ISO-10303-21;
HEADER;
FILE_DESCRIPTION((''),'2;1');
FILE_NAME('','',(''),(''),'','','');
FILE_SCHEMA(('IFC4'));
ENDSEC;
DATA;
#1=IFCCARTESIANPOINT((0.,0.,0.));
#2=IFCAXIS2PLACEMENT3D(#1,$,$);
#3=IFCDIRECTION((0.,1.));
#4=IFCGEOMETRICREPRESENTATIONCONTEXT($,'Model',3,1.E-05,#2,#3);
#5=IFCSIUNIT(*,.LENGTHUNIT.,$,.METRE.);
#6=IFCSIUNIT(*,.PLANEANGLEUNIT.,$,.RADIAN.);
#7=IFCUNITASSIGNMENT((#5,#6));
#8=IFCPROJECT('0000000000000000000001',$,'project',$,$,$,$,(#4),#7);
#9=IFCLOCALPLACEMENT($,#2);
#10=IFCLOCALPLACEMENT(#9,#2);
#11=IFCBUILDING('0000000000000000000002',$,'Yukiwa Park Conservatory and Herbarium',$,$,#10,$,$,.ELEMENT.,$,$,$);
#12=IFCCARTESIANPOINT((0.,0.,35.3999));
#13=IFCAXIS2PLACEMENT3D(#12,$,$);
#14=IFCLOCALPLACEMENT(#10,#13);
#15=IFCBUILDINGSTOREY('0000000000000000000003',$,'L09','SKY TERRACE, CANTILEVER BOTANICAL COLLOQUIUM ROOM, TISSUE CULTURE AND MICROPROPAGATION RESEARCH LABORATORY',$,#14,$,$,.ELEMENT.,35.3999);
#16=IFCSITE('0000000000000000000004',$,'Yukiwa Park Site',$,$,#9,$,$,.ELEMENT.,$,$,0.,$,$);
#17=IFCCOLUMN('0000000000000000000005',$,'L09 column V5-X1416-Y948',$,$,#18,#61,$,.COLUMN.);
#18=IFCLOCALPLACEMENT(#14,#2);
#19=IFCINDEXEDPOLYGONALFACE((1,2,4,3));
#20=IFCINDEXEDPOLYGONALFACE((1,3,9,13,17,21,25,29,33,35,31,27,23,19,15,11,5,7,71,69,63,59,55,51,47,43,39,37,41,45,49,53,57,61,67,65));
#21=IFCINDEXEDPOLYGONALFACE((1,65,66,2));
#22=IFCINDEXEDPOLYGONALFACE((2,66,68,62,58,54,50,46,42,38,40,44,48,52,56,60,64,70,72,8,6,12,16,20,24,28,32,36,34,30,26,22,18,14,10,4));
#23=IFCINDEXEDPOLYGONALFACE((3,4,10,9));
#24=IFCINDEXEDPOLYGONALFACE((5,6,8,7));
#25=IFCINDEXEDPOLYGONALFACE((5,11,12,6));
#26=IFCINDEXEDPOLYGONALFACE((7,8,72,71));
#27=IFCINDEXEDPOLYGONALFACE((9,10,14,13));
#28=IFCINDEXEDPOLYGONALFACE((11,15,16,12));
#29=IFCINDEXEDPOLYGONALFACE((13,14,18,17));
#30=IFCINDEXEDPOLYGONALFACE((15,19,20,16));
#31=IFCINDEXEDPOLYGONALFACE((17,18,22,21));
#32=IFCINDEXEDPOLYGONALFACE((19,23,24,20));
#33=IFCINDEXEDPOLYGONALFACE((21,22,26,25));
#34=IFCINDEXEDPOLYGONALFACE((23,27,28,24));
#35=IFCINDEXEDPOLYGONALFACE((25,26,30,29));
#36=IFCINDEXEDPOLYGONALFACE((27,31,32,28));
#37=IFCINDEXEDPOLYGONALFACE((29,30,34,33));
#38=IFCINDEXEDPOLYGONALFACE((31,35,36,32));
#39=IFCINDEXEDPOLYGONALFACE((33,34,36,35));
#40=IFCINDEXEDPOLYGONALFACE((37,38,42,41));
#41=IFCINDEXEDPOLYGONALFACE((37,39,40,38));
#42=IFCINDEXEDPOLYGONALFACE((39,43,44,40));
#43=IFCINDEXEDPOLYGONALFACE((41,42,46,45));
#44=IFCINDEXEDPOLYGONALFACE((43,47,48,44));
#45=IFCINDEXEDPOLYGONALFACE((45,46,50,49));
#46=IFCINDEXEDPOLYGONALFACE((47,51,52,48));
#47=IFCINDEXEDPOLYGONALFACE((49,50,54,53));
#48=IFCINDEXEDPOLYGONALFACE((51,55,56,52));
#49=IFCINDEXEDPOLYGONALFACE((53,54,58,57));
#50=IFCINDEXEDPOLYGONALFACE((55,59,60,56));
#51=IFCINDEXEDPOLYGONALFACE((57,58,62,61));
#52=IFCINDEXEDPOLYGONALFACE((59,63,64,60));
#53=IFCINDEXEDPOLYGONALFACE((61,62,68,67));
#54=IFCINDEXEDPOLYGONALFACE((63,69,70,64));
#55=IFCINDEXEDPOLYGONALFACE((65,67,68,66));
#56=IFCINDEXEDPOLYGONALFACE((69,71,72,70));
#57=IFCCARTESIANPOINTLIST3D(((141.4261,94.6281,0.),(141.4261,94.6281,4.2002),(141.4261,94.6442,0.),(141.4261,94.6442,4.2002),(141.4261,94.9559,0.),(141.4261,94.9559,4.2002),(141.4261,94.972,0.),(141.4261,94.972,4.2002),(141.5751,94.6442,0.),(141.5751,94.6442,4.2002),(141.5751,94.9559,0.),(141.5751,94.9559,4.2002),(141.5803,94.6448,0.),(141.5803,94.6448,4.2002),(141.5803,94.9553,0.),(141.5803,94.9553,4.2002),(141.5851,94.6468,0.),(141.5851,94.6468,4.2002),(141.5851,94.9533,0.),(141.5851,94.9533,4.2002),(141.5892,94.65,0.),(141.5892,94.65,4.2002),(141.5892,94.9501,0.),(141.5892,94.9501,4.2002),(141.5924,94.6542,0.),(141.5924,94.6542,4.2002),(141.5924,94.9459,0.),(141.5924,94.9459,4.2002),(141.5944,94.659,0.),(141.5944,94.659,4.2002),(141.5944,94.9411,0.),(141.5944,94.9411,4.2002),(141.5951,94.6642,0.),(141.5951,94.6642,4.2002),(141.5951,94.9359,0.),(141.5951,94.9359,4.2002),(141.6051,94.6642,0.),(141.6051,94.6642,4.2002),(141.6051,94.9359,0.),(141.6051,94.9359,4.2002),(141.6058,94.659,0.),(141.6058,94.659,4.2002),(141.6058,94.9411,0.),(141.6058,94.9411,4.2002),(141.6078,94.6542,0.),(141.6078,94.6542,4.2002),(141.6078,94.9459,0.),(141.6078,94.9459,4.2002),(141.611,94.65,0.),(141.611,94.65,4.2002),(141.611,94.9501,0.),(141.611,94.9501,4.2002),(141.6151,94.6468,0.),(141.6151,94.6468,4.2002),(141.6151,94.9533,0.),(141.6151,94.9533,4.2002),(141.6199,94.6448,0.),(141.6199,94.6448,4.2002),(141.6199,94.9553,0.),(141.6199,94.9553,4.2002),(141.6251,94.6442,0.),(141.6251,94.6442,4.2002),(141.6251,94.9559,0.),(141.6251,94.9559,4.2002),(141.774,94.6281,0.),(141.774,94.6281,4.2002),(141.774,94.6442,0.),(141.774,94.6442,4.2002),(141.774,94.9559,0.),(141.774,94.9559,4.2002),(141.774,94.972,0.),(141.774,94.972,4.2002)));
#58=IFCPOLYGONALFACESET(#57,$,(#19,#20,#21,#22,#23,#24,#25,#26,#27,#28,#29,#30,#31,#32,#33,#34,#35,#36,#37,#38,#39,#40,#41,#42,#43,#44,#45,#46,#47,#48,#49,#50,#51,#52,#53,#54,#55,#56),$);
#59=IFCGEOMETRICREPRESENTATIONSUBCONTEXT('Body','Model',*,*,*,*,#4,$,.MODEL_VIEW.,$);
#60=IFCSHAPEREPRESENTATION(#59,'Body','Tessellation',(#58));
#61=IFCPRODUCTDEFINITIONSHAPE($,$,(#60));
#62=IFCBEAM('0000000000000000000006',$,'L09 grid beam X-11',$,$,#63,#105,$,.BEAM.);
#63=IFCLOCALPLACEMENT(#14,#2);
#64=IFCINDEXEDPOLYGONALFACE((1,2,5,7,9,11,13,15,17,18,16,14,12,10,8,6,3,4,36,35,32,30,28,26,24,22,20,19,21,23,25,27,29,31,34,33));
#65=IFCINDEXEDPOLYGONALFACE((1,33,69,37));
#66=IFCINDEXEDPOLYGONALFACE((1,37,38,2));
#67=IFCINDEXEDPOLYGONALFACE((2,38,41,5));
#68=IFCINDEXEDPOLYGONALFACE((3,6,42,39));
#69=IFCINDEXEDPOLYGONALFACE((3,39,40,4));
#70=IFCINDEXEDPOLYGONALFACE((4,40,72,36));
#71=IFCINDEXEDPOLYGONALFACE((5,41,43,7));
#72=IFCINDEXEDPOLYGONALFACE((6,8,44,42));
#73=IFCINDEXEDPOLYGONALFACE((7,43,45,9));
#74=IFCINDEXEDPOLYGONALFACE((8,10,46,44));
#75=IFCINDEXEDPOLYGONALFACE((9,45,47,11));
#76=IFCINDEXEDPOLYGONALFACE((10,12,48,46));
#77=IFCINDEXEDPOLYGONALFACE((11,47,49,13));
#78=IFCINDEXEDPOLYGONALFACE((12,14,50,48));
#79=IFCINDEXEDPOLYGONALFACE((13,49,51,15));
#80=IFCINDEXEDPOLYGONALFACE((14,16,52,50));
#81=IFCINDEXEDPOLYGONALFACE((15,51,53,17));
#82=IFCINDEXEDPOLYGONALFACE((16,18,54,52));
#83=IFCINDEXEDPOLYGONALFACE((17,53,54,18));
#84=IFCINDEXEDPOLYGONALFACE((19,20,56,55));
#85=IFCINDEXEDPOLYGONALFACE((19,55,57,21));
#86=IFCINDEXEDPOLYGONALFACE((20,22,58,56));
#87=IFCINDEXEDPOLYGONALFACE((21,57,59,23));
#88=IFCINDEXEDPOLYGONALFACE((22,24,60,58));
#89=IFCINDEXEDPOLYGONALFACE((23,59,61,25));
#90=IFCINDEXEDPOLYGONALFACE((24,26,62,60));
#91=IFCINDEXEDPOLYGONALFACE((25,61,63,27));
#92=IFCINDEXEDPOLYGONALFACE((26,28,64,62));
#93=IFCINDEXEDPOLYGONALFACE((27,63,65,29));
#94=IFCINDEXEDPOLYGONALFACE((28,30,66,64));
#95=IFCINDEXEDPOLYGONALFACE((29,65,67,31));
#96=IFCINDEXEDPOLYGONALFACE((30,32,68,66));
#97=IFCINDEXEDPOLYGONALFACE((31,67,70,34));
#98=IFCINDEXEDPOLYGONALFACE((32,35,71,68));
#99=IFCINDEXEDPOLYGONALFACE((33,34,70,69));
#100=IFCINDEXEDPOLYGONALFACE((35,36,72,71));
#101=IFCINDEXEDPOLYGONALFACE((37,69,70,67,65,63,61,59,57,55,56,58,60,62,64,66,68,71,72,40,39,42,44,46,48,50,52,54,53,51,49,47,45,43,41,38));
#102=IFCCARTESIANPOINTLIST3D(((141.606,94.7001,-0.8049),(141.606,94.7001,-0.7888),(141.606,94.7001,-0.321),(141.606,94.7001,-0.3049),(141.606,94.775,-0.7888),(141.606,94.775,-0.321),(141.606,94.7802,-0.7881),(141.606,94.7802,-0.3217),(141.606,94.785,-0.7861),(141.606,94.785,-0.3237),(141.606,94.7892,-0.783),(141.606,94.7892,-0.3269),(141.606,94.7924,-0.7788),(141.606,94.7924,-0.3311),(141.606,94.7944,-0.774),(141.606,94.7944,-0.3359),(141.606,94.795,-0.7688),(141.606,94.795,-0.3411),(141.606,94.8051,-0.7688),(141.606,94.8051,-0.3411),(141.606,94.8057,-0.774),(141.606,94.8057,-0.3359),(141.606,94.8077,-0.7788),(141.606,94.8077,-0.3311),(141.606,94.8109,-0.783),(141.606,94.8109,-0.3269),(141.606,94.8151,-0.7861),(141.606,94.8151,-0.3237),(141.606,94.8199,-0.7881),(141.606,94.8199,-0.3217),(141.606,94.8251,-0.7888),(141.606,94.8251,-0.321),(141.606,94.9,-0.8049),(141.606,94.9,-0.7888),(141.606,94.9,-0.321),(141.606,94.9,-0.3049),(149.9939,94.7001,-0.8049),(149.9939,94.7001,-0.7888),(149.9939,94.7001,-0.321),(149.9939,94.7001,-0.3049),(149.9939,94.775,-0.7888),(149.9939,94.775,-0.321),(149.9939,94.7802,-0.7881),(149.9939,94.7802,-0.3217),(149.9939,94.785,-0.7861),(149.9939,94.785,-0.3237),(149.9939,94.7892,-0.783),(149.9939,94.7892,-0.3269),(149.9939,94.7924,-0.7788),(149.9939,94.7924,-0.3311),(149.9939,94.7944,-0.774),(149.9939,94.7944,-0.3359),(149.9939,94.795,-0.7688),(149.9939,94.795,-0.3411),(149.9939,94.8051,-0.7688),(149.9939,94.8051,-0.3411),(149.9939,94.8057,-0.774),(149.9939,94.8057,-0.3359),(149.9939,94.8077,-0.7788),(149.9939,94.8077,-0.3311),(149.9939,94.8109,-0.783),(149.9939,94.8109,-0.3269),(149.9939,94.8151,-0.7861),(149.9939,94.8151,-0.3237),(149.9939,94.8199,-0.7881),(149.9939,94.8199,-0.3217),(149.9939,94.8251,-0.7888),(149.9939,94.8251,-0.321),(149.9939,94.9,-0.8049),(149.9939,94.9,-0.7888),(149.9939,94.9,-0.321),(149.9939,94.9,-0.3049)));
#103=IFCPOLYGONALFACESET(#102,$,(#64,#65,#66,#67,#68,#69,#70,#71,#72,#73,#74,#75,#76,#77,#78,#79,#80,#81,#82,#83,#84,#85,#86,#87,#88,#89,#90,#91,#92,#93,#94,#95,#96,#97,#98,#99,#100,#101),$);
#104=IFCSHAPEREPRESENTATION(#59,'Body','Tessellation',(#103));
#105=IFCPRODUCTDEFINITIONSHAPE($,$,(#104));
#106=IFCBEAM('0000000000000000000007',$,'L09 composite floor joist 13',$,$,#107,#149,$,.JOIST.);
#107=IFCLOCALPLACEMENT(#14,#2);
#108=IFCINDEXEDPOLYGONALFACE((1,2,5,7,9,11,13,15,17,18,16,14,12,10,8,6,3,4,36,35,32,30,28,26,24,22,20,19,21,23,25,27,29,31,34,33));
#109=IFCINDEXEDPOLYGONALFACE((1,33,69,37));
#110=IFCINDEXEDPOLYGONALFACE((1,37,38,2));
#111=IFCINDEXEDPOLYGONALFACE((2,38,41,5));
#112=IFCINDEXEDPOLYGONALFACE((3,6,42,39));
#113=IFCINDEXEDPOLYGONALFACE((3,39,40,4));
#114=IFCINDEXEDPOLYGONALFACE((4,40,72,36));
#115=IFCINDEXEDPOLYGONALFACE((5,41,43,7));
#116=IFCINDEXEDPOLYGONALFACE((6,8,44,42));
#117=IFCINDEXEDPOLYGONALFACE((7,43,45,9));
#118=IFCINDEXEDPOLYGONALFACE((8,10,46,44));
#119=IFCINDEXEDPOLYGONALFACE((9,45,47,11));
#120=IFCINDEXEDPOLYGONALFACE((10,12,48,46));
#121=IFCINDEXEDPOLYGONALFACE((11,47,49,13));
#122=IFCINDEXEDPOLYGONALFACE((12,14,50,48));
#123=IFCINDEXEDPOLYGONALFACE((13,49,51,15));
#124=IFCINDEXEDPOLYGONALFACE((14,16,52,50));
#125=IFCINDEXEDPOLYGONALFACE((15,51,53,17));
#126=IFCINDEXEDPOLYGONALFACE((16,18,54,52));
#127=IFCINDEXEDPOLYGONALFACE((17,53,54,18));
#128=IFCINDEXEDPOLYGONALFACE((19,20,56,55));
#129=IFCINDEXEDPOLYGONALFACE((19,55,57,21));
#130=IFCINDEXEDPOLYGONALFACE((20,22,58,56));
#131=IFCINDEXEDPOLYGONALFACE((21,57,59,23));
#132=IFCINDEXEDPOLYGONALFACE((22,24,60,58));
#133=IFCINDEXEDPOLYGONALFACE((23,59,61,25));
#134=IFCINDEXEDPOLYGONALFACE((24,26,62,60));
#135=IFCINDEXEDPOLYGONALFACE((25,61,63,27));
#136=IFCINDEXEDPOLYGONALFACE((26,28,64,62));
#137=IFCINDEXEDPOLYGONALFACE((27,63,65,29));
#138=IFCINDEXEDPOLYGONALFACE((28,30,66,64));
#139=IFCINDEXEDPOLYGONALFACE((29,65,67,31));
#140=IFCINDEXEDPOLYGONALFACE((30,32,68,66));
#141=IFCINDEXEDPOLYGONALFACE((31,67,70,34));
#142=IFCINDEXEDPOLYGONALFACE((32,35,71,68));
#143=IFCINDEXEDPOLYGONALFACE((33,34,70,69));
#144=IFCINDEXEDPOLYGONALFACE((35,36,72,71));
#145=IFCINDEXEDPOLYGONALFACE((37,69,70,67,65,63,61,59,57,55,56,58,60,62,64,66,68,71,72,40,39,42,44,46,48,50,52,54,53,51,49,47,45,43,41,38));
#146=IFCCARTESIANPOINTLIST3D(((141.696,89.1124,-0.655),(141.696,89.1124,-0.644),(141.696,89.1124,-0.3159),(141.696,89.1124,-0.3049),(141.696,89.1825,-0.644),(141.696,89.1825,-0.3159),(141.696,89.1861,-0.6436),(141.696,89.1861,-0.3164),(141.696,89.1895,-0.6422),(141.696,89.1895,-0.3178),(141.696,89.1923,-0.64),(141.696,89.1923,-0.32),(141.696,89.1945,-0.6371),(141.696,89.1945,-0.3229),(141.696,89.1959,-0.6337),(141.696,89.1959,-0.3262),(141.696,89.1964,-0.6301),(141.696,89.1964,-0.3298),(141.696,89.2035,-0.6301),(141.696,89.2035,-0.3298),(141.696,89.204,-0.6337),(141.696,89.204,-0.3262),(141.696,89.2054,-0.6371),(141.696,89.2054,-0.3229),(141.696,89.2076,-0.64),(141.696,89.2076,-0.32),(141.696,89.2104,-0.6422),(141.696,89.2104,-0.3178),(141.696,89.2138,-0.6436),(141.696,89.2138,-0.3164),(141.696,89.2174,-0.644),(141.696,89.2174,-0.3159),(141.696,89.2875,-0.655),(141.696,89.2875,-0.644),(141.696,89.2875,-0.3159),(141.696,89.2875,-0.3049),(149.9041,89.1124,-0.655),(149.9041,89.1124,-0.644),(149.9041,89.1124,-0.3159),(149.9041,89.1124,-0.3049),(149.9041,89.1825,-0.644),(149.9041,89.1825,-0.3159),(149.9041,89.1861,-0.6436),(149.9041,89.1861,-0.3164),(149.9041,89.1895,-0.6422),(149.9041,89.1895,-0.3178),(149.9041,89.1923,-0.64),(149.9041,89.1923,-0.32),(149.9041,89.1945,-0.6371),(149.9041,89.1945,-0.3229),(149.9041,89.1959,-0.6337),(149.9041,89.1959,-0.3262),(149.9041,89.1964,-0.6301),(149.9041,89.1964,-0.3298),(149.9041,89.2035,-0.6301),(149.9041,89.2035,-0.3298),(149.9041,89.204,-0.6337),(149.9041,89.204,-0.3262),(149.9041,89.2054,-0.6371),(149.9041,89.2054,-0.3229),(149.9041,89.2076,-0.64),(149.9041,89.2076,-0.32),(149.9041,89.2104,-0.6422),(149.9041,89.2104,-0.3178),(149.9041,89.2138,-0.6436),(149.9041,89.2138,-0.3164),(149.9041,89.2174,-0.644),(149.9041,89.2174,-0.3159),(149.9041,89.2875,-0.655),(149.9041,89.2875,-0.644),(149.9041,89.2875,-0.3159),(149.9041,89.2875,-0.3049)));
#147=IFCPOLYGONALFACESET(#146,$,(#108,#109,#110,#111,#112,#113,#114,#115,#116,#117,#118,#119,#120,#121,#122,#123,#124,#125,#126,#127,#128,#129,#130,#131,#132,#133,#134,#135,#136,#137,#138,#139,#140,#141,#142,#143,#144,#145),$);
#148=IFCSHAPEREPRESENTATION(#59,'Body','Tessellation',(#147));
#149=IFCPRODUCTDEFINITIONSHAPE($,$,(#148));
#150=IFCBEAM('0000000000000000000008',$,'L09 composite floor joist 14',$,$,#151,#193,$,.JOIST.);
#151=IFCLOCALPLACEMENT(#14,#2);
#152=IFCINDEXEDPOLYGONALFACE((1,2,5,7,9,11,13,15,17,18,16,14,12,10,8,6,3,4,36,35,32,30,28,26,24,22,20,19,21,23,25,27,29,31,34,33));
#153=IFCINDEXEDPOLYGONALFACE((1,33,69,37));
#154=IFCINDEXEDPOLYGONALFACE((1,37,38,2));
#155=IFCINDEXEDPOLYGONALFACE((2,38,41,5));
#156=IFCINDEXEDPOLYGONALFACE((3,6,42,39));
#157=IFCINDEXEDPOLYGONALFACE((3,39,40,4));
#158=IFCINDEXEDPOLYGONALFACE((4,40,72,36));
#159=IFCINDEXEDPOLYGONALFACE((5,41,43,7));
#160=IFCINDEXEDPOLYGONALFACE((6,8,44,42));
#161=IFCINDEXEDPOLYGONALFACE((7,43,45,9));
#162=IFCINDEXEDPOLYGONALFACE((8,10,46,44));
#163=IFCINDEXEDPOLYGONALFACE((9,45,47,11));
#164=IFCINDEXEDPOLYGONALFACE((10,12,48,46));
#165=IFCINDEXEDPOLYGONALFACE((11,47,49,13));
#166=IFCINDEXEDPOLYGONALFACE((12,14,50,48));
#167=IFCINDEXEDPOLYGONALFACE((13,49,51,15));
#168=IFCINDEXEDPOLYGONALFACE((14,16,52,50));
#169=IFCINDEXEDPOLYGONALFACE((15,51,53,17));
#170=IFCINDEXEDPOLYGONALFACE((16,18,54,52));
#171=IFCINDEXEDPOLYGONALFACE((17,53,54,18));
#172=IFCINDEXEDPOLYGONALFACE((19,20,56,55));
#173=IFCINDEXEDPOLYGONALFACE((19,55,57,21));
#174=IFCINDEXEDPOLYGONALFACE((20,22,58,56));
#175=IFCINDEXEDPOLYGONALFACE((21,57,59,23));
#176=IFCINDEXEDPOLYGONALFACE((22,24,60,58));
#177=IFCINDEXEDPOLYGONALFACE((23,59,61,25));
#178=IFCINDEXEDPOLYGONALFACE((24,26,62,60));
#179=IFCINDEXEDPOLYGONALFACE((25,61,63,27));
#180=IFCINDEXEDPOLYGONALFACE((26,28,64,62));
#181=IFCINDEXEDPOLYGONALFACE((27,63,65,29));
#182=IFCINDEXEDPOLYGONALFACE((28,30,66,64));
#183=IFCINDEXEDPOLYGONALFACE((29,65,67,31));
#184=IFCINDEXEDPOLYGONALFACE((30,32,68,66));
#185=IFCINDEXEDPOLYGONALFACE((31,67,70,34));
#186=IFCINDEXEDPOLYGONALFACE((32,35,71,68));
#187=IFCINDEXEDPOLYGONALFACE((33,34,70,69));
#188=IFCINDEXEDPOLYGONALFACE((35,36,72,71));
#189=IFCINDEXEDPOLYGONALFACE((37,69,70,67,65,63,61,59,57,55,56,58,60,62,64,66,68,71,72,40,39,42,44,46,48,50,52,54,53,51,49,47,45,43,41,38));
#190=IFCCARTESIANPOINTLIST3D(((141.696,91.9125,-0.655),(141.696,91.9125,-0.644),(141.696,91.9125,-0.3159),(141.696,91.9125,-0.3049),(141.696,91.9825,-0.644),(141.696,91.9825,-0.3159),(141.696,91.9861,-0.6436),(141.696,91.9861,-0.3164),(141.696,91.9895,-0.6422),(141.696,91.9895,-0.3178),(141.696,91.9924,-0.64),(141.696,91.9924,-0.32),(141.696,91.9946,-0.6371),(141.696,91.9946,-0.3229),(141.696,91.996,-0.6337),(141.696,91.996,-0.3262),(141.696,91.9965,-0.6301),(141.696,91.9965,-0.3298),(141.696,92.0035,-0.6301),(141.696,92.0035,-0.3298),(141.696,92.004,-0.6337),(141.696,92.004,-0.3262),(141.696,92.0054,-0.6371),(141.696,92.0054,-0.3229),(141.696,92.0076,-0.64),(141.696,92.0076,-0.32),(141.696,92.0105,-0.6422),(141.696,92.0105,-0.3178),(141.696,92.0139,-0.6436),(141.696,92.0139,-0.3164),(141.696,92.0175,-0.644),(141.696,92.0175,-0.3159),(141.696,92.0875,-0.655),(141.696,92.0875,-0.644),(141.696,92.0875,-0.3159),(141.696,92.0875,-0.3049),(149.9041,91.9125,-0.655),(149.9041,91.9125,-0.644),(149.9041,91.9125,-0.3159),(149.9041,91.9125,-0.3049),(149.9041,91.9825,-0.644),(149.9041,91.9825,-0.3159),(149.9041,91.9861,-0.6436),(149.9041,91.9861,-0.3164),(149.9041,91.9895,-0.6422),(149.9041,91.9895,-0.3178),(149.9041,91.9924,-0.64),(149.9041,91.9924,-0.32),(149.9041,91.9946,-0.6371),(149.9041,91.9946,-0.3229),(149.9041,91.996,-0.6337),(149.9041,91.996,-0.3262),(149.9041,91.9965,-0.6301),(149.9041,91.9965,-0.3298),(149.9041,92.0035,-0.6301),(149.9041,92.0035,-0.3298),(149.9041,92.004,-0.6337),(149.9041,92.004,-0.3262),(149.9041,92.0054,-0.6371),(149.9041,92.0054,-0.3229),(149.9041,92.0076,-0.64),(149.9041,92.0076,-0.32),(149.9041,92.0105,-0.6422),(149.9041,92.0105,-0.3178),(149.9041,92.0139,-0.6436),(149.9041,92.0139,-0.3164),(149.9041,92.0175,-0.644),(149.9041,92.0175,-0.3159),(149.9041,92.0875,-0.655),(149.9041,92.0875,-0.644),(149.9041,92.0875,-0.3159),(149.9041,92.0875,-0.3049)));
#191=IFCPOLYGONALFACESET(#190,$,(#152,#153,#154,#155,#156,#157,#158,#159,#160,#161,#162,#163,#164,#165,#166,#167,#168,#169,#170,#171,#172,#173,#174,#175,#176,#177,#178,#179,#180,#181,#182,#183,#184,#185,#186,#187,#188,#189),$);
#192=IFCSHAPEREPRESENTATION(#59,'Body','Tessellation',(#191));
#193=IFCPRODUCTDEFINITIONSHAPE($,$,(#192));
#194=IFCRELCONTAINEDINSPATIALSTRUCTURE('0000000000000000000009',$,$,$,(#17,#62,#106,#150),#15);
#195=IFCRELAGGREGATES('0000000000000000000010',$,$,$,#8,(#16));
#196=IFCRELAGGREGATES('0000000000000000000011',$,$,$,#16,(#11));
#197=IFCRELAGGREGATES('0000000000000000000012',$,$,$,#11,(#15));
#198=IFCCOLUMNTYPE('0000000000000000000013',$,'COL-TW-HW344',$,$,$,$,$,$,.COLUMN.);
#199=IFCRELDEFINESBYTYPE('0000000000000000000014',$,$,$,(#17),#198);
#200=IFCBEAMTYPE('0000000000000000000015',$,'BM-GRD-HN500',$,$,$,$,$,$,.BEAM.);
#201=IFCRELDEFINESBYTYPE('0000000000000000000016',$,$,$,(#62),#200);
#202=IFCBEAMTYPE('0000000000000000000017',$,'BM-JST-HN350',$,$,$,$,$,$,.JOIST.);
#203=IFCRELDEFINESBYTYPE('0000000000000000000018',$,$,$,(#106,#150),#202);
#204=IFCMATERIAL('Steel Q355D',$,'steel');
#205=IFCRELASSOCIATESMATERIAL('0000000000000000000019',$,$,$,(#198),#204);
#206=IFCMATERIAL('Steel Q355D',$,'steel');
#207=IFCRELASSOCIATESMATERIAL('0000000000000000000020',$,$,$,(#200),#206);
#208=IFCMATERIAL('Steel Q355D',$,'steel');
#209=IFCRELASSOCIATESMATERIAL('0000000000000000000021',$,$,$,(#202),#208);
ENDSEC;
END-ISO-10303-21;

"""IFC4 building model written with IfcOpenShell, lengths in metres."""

from ifc_helpers import new_model, si_unit, direction, frame, origin, origin_2d, place, context, subcontext, project, spatial, i_section, extrude, material, material_profile, profile_set, type_object, element, save


model = new_model("IFC4")

# Units and contexts
model_context = context("Model", 3, precision=1e-05, world=origin(), true_north=direction((0.0, 1.0)))
body_context = subcontext(model_context, "Body", "Model", "MODEL_VIEW")
ifc_project = project(units=[si_unit("LENGTHUNIT", "METRE"), si_unit("PLANEANGLEUNIT", "RADIAN")], contexts=[model_context])

# Site, building, storey
site_placement = place(None, origin())
site = spatial("IfcSite", under=ifc_project, at=site_placement, Name="Yukiwa Park Site", CompositionType="ELEMENT", RefElevation=0.0)
building_placement = place(site_placement, origin())
building = spatial("IfcBuilding", under=site, at=building_placement, Name="Yukiwa Park Conservatory and Herbarium", CompositionType="ELEMENT")
storey_placement = place(building_placement, frame((0.0, 0.0, 35.3999)))
storey = spatial("IfcBuildingStorey", under=building, at=storey_placement, Name="L09", Description="SKY TERRACE, CANTILEVER BOTANICAL COLLOQUIUM ROOM, TISSUE CULTURE AND MICROPROPAGATION RESEARCH LABORATORY", CompositionType="ELEMENT", Elevation=35.3999)

# Column
ifc_material_1 = material(Name="Steel Q355D", Category="steel")
ifc_material_profile_1 = material_profile(ifc_material_1, i_section(OverallWidth=0.3479, OverallDepth=0.344, WebThickness=0.01, FlangeThickness=0.0161, FilletRadius=0.02, at=origin_2d()), Name="HW 344x348x10x16")
ifc_profile_set_1 = profile_set([ifc_material_profile_1], Name="Steel Q355D")
column_type = type_object("IfcColumnType", Name="COL-TW-HW344", PredefinedType="COLUMN", material=ifc_profile_set_1)
column_placement = place(storey_placement, frame((141.6001, 94.8, 0.0), z_axis=(0.0, 0.0, 1.0), x_axis=(1.0, 0.0, 0.0)))
element("IfcColumn", 1, at=column_placement, inside=storey, type_object=column_type, Name="L09 column V5-X1416-Y948", PredefinedType="COLUMN", context=body_context, shape_type="SweptSolid", body=[
    extrude(i_section(OverallWidth=0.3479, OverallDepth=0.344, WebThickness=0.01, FlangeThickness=0.0161, FilletRadius=0.02, at=origin_2d()), origin(), (0.0, 0.0, 1.0), 4.2002),
])

# Beams
ifc_material_2 = material(Name="Steel Q355D", Category="steel")
ifc_material_profile_2 = material_profile(ifc_material_2, i_section(OverallWidth=0.2, OverallDepth=0.5, WebThickness=0.01, FlangeThickness=0.0161, FilletRadius=0.02, at=origin_2d()), Name="HN 500x200x10x16")
ifc_profile_set_2 = profile_set([ifc_material_profile_2], Name="Steel Q355D")
beam_type_1 = type_object("IfcBeamType", Name="BM-GRD-HN500", PredefinedType="BEAM", material=ifc_profile_set_2)
beam_placement = place(storey_placement, frame((141.606, 94.8, -0.5549), z_axis=(1.0, 0.0, 0.0), x_axis=(0.0, 1.0, 0.0)))
element("IfcBeam", 2, at=beam_placement, inside=storey, type_object=beam_type_1, Name="L09 grid beam X-11", PredefinedType="BEAM", context=body_context, shape_type="SweptSolid", body=[
    extrude(i_section(OverallWidth=0.2, OverallDepth=0.5, WebThickness=0.01, FlangeThickness=0.0161, FilletRadius=0.02, at=origin_2d()), origin(), (0.0, 0.0, 1.0), 8.3879),
])
ifc_material_3 = material(Name="Steel Q355D", Category="steel")
ifc_material_profile_3 = material_profile(ifc_material_3, i_section(OverallWidth=0.175, OverallDepth=0.3501, WebThickness=0.0071, FlangeThickness=0.011, FilletRadius=0.0139, at=origin_2d()), Name="HN 350x175x7x11")
ifc_profile_set_3 = profile_set([ifc_material_profile_3], Name="Steel Q355D")
beam_type_2 = type_object("IfcBeamType", Name="BM-JST-HN350", PredefinedType="JOIST", material=ifc_profile_set_3)
for number, where, z_axis, x_axis, name in (
    (3, (141.696, 89.2, -0.48), (1.0, 0.0, 0.0), (0.0, 1.0, 0.0), "L09 composite floor joist 13"),
    (4, (141.696, 92.0, -0.48), (1.0, 0.0, 0.0), (0.0, 1.0, 0.0), "L09 composite floor joist 14"),
):
    element("IfcBeam", number, at=place(storey_placement, frame(where, z_axis=z_axis, x_axis=x_axis)), inside=storey, type_object=beam_type_2, Name=name, PredefinedType="JOIST", context=body_context, shape_type="SweptSolid", body=[
        extrude(i_section(OverallWidth=0.175, OverallDepth=0.3501, WebThickness=0.0071, FlangeThickness=0.011, FilletRadius=0.0139, at=origin_2d()), origin(), (0.0, 0.0, 1.0), 8.208),
    ])

save(model, "model.ifc")
